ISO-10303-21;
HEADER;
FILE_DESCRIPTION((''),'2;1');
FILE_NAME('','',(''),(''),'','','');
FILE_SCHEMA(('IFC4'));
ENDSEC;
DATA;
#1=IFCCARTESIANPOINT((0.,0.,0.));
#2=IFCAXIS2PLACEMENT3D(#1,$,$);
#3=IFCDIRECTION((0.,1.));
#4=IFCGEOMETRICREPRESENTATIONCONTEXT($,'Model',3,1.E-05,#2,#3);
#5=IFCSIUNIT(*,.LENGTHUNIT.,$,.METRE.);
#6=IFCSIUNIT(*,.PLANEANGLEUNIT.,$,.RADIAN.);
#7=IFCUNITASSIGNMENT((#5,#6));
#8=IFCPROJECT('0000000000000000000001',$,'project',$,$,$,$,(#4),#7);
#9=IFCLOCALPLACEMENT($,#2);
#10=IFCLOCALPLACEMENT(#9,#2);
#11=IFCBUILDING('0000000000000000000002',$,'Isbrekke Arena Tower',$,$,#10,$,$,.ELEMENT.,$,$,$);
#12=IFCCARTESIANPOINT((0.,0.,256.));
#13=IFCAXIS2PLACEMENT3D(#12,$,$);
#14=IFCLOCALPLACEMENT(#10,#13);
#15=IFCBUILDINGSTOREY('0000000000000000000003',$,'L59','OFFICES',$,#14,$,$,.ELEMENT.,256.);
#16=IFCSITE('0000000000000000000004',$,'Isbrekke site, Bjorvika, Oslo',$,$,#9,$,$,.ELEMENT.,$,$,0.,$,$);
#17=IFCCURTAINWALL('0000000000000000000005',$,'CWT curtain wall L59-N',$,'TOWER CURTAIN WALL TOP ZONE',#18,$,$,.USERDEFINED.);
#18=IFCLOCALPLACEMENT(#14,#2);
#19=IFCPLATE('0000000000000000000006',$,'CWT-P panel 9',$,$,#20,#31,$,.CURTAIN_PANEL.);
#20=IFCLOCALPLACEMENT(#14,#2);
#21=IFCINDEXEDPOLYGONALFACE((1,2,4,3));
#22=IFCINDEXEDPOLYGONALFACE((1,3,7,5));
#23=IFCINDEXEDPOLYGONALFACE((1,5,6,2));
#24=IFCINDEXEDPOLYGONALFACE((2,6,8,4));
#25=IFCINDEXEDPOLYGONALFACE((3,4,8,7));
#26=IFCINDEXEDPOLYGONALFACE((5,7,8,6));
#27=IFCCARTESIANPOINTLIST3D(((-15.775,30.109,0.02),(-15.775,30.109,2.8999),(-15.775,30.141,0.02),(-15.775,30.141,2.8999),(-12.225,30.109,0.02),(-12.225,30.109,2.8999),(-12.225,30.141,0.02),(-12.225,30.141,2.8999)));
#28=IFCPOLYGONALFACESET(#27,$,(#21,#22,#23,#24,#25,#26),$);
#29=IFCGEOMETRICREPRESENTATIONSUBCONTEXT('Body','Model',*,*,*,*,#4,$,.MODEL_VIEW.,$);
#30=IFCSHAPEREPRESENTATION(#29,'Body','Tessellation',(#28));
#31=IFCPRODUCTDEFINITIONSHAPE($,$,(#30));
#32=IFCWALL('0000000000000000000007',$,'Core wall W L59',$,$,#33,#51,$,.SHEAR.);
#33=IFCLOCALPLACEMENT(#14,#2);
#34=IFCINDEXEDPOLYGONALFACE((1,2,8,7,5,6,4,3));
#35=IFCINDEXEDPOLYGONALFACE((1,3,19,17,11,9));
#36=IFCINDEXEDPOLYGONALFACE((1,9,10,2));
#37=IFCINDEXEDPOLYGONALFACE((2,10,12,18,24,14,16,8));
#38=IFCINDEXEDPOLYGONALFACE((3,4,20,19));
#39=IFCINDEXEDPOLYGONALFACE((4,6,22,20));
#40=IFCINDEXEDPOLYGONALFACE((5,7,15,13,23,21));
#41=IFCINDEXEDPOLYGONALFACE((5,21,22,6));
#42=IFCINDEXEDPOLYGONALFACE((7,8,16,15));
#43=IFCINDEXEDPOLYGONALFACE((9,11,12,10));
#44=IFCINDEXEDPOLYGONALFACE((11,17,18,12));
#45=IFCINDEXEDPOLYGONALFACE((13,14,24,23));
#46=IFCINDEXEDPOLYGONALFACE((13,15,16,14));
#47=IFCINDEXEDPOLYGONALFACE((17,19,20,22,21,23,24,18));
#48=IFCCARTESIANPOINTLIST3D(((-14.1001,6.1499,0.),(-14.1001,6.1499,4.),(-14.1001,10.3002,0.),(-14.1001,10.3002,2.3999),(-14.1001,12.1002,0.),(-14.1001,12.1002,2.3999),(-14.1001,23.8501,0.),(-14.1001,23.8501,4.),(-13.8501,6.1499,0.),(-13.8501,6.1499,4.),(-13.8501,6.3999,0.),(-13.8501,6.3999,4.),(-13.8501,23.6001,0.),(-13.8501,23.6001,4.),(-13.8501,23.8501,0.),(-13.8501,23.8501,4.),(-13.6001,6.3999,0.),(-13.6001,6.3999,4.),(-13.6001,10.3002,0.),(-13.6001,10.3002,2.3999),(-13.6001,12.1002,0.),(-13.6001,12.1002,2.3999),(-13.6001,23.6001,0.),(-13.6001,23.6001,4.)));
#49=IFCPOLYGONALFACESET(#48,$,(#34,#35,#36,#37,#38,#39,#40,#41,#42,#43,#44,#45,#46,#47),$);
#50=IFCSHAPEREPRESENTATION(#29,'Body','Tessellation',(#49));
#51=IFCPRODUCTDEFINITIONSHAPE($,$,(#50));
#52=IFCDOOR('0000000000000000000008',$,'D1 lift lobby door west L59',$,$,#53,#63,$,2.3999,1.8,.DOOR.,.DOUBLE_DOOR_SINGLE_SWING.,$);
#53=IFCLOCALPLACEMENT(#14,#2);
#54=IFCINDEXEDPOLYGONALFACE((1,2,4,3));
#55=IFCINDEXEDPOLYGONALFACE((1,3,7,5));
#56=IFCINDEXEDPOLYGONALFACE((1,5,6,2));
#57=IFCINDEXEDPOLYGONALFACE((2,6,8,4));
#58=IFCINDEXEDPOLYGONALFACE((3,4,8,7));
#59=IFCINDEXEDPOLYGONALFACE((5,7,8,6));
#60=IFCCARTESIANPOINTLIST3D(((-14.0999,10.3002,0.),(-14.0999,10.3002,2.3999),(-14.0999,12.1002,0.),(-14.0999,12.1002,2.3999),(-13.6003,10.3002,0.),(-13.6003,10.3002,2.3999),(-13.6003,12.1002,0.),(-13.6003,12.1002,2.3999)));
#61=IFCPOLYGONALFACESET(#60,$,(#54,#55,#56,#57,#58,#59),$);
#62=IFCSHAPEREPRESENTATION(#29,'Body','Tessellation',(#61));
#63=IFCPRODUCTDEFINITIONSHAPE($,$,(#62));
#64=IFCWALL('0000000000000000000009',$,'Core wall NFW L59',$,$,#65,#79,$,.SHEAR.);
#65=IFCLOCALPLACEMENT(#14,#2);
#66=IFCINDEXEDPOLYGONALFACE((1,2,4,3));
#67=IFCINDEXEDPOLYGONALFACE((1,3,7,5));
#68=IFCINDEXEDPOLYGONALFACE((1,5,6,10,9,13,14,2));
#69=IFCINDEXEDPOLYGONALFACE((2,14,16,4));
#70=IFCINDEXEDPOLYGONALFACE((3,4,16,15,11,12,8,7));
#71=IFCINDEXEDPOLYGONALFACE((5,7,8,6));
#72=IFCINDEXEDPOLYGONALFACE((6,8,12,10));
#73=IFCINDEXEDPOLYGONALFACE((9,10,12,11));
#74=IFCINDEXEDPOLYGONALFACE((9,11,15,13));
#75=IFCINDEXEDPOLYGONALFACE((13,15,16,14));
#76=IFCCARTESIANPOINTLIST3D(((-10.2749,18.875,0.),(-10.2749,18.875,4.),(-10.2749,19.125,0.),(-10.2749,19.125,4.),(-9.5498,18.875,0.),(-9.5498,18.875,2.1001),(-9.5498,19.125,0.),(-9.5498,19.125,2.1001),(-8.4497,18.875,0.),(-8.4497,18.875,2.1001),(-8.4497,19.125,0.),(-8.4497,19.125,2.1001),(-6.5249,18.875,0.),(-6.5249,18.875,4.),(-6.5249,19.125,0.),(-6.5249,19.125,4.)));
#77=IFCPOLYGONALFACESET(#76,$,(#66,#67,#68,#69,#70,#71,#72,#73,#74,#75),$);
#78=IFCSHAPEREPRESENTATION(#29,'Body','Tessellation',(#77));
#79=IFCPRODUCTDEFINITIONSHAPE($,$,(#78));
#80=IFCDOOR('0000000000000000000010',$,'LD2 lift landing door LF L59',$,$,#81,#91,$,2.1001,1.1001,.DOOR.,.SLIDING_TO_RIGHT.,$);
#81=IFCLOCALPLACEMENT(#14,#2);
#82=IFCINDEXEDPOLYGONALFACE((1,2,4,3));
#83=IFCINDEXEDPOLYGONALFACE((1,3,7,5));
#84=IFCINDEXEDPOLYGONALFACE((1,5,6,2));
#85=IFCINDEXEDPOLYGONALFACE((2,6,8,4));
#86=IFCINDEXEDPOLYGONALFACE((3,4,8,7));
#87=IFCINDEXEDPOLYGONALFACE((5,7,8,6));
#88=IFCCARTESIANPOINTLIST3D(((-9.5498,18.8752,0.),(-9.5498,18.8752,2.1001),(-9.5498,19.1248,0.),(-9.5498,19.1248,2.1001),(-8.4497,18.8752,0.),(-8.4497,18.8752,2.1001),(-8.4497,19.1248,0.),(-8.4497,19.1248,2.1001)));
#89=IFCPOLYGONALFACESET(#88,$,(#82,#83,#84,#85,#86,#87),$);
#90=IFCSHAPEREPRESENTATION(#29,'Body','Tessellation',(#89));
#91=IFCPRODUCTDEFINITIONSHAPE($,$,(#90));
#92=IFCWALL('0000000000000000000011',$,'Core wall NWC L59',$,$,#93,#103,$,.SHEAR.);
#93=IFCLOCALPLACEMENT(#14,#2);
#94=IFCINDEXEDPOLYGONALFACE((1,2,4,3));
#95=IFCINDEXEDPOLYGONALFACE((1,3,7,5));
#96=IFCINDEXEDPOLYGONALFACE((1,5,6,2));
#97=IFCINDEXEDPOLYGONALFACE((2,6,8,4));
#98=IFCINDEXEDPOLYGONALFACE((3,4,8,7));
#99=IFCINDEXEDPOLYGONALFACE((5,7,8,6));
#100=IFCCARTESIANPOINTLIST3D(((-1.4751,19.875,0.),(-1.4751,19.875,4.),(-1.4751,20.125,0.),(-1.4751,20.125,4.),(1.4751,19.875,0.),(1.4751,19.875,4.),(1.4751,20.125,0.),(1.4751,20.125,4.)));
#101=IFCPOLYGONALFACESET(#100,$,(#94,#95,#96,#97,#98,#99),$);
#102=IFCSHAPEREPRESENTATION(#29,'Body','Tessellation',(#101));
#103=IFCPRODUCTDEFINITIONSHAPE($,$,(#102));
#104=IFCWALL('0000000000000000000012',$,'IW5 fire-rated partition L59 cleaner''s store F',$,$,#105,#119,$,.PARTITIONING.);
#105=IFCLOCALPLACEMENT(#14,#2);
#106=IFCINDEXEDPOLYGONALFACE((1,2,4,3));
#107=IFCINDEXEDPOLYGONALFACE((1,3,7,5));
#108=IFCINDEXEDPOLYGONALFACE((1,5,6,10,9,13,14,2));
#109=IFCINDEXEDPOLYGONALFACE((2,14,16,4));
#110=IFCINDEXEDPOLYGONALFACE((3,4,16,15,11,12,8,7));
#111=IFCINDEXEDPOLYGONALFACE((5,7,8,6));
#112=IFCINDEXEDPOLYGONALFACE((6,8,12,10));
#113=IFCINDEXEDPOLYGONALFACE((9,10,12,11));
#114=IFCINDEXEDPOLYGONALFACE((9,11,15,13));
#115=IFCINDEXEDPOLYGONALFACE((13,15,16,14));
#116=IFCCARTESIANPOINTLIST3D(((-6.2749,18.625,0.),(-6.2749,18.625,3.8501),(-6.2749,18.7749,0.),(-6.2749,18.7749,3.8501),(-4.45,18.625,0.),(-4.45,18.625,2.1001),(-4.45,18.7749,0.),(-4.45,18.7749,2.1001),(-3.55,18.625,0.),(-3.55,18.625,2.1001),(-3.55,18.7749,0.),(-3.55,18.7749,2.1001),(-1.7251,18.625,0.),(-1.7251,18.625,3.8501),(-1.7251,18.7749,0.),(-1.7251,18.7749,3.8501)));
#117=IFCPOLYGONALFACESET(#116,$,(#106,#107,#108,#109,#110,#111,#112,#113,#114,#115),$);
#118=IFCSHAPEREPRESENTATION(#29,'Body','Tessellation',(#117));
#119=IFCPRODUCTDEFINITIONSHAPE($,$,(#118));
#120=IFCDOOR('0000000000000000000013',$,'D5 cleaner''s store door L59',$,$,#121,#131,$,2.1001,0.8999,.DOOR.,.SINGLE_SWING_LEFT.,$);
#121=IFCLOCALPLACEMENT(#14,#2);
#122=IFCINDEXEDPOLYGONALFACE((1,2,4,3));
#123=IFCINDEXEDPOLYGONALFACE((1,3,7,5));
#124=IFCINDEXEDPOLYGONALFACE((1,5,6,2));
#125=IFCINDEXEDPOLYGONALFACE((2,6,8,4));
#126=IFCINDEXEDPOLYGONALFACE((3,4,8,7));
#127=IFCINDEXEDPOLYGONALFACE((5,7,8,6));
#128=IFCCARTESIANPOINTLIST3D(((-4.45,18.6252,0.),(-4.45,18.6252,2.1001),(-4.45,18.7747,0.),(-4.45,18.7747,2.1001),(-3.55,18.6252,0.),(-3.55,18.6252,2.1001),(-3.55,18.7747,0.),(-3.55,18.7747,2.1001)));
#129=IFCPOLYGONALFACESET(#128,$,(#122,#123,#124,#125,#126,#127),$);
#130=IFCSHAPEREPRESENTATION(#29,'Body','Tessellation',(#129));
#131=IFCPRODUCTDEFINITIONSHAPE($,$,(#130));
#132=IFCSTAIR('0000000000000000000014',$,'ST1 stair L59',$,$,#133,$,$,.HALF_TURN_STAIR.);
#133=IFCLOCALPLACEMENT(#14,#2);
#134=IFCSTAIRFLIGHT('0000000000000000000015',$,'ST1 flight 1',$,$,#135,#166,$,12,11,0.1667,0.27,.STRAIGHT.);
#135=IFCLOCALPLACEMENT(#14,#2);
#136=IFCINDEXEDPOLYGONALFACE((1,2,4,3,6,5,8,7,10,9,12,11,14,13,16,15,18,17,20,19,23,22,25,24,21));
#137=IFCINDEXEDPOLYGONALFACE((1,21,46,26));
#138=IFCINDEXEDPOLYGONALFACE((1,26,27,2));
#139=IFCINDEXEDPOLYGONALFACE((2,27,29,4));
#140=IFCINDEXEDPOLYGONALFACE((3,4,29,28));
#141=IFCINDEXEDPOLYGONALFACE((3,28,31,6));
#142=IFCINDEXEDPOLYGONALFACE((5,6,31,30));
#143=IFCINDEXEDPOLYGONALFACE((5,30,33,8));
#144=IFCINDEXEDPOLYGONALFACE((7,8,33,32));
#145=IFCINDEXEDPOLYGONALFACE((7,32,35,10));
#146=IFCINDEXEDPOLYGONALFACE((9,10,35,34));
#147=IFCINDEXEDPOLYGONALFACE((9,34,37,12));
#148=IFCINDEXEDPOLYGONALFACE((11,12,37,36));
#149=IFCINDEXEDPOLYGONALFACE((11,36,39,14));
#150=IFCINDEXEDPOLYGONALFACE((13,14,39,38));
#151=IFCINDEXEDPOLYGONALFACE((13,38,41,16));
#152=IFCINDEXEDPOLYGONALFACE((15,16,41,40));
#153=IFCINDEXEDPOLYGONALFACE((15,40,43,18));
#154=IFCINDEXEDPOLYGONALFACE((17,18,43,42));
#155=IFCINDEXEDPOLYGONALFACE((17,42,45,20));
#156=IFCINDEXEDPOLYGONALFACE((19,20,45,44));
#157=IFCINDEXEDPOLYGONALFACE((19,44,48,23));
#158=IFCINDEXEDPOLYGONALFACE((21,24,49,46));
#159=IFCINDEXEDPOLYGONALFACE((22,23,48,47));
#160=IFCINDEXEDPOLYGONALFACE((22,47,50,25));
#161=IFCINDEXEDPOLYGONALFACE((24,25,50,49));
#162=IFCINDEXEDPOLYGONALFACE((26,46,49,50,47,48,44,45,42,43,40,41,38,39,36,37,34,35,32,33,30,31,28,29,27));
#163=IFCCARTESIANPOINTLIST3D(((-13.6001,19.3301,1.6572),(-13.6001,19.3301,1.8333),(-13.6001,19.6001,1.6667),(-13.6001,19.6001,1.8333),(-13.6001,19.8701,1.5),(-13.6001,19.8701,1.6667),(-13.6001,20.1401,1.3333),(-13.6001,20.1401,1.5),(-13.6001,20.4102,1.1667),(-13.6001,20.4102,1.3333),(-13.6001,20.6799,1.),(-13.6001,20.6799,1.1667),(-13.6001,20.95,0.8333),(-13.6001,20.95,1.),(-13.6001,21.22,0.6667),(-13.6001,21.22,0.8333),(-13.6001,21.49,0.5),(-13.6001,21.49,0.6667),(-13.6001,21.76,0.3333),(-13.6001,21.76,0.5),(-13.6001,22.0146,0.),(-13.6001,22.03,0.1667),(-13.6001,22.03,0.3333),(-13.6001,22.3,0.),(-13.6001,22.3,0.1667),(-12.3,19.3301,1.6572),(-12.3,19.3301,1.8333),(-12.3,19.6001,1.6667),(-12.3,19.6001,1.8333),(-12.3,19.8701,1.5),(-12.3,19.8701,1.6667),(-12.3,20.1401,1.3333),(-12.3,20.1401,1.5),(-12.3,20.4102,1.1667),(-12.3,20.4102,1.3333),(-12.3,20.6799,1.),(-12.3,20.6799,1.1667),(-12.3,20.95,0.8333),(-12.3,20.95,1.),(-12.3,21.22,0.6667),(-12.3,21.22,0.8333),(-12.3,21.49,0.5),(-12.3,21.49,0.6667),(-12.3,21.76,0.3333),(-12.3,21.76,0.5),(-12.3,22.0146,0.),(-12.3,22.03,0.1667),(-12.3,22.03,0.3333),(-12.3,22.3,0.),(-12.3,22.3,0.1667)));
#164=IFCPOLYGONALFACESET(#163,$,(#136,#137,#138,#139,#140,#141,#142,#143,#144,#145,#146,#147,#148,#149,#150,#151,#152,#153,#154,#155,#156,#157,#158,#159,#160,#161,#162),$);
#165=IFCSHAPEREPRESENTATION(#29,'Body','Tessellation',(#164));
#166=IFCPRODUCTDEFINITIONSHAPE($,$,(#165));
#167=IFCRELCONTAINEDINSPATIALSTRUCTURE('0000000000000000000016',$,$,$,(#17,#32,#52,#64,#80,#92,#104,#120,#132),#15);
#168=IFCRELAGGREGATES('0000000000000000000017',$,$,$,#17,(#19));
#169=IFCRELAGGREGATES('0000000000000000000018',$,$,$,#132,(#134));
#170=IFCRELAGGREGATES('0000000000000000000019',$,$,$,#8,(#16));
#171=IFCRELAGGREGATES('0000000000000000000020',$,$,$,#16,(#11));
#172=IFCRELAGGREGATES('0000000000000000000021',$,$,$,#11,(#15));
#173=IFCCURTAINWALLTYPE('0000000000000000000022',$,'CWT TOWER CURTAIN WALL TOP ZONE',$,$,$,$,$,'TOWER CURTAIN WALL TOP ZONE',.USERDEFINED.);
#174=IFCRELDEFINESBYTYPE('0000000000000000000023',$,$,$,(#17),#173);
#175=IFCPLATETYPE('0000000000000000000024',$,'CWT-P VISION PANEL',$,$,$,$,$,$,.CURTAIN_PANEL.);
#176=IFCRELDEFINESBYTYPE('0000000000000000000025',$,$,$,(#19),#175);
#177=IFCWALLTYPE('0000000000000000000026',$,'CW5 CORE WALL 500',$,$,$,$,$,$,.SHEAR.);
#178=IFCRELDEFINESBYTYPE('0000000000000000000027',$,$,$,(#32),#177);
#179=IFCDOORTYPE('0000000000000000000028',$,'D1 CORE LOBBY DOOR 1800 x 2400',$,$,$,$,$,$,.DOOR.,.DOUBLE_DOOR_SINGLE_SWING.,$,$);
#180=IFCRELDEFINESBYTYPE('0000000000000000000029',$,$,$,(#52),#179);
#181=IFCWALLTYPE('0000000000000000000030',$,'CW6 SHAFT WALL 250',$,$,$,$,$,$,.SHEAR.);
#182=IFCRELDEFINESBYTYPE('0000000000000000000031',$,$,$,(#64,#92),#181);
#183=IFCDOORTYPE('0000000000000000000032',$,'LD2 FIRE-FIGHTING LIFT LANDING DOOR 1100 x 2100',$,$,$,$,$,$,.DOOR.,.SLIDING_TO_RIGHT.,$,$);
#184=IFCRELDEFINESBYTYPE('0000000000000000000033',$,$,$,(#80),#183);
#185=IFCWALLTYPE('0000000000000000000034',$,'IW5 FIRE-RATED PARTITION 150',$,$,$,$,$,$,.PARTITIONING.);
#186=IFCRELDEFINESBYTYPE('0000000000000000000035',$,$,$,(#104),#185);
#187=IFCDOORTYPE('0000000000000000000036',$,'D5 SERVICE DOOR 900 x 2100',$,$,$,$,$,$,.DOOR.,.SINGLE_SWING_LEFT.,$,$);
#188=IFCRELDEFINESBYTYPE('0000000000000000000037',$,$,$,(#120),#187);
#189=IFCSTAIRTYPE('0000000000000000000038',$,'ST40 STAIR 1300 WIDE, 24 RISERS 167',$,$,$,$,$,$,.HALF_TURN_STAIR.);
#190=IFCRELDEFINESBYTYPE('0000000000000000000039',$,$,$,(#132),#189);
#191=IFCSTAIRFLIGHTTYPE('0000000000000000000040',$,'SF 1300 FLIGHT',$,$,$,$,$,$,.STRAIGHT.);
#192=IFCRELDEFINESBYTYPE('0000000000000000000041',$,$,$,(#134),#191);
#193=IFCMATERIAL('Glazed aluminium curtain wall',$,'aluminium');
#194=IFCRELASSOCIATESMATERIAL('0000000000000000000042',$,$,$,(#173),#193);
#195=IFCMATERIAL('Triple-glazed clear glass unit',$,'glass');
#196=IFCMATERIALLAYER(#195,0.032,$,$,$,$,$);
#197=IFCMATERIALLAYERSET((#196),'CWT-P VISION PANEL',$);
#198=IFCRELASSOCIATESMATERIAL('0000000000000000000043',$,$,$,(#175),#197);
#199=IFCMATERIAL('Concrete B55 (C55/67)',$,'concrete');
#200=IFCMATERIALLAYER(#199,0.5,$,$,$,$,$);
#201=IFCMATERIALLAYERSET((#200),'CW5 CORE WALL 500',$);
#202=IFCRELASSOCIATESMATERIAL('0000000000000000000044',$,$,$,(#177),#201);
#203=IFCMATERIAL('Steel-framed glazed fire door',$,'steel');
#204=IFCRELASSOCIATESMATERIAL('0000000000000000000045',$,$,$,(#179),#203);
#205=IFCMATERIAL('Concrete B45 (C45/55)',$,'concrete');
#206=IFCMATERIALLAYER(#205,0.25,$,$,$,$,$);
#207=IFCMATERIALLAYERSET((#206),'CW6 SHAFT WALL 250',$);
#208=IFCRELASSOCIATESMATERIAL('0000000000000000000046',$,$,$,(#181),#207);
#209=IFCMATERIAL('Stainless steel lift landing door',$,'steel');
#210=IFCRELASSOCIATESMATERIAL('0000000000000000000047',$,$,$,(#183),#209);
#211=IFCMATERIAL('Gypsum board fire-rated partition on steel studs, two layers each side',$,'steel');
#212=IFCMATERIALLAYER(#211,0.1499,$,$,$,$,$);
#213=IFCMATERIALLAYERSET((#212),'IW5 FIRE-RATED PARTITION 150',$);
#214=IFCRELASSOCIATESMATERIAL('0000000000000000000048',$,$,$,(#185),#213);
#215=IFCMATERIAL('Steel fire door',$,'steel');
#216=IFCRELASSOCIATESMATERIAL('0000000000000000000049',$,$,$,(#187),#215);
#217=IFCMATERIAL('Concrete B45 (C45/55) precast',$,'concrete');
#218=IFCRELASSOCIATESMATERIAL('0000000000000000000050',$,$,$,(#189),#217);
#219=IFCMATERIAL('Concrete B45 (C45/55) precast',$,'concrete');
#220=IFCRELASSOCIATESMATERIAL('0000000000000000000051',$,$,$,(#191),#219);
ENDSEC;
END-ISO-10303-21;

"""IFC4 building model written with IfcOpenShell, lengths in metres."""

from ifc_helpers import new_model, si_unit, direction, frame, frame_2d, origin, origin_2d, place, context, subcontext, project, spatial, polyline, rectangle, outline, extrude, material, layer, layer_set, type_object, element, fill, aggregate, save


model = new_model("IFC4")

# Units and contexts
model_context = context("Model", 3, precision=1e-05, world=origin(), true_north=direction((0.0, 1.0)))
body_context = subcontext(model_context, "Body", "Model", "MODEL_VIEW")
ifc_project = project(units=[si_unit("LENGTHUNIT", "METRE"), si_unit("PLANEANGLEUNIT", "RADIAN")], contexts=[model_context])

# Site, building, storey
site_placement = place(None, origin())
site = spatial("IfcSite", under=ifc_project, at=site_placement, Name="Isbrekke site, Bjorvika, Oslo", CompositionType="ELEMENT", RefElevation=0.0)
building_placement = place(site_placement, origin())
building = spatial("IfcBuilding", under=site, at=building_placement, Name="Isbrekke Arena Tower", CompositionType="ELEMENT")
storey_placement = place(building_placement, frame((0.0, 0.0, 256.0)))
storey = spatial("IfcBuildingStorey", under=building, at=storey_placement, Name="L59", Description="OFFICES", CompositionType="ELEMENT", Elevation=256.0)

# Curtain wall
ifc_material_1 = material(Name="Glazed aluminium curtain wall", Category="aluminium")
curtain_wall_type = type_object("IfcCurtainWallType", Name="CWT TOWER CURTAIN WALL TOP ZONE", ElementType="TOWER CURTAIN WALL TOP ZONE", PredefinedType="USERDEFINED", material=ifc_material_1)
curtain_wall_placement = place(storey_placement, origin())
curtain_wall = element("IfcCurtainWall", 1, at=curtain_wall_placement, inside=storey, type_object=curtain_wall_type, Name="CWT curtain wall L59-N", ObjectType="TOWER CURTAIN WALL TOP ZONE", PredefinedType="USERDEFINED")

# Plate
ifc_material_2 = material(Name="Triple-glazed clear glass unit", Category="glass")
ifc_layer_1 = layer(ifc_material_2, 0.032)
ifc_layer_set_1 = layer_set([ifc_layer_1], Name="CWT-P VISION PANEL")
plate_type = type_object("IfcPlateType", Name="CWT-P VISION PANEL", PredefinedType="CURTAIN_PANEL", material=ifc_layer_set_1)
plate_1_placement = place(storey_placement, frame((-14.0, 30.125, 0.02), z_axis=(0.0, 0.0, 1.0), x_axis=(-1.0, 0.0, 0.0)))
plate_1 = element("IfcPlate", 2, at=plate_1_placement, type_object=plate_type, Name="CWT-P panel 9", PredefinedType="CURTAIN_PANEL", context=body_context, shape_type="SweptSolid", body=[
    extrude(rectangle(XDim=3.55, YDim=0.032, at=origin_2d()), origin(), (0.0, 0.0, 1.0), 2.8799),
])
aggregate(curtain_wall, [plate_1])

# Walls, openings, doors
ifc_material_3 = material(Name="Concrete B55 (C55/67)", Category="concrete")
ifc_layer_2 = layer(ifc_material_3, 0.5)
ifc_layer_set_2 = layer_set([ifc_layer_2], Name="CW5 CORE WALL 500")
wall_type_1 = type_object("IfcWallType", Name="CW5 CORE WALL 500", PredefinedType="SHEAR", material=ifc_layer_set_2)
wall_1_placement = place(storey_placement, frame((-13.8501, 23.8501, 0.0), z_axis=(0.0, 0.0, 1.0), x_axis=(0.0, -1.0, 0.0)))
wall_1 = element("IfcWall", 3, at=wall_1_placement, inside=storey, type_object=wall_type_1, Name="Core wall W L59", PredefinedType="SHEAR", context=body_context, shape_type="SweptSolid", body=[
    extrude(outline(polyline([(0.0, -0.25), (17.7002, -0.25), (17.7002, 0.0), (17.4502, 0.0), (17.4502, 0.25), (0.25, 0.25), (0.25, 0.0), (0.0, 0.0), (0.0, -0.25)])), origin(), (0.0, 0.0, 1.0), 4.0),
])
opening_1_placement = place(wall_1_placement, frame((11.75, 0.0, 0.0)))
opening_1 = element("IfcOpeningElement", 4, at=opening_1_placement, cuts=wall_1, PredefinedType="OPENING", context=body_context, shape_type="SweptSolid", body=[
    extrude(rectangle(XDim=1.8, YDim=2.3999, at=frame_2d((0.8999, 1.2))), frame((0.0, 0.2649, 0.0), z_axis=(0.0, -1.0, 0.0), x_axis=(1.0, 0.0, 0.0)), (0.0, 0.0, 1.0), 0.5298),
])
ifc_material_4 = material(Name="Steel-framed glazed fire door", Category="steel")
door_type_1 = type_object("IfcDoorType", Name="D1 CORE LOBBY DOOR 1800 x 2400", OperationType="DOUBLE_DOOR_SINGLE_SWING", PredefinedType="DOOR", material=ifc_material_4)
door_1_placement = place(opening_1_placement, origin())
door_1 = element("IfcDoor", 5, at=door_1_placement, inside=storey, type_object=door_type_1, Name="D1 lift lobby door west L59", OperationType="DOUBLE_DOOR_SINGLE_SWING", OverallHeight=2.3999, OverallWidth=1.8, PredefinedType="DOOR", context=body_context, shape_type="SweptSolid", body=[
    extrude(rectangle(XDim=1.8, YDim=2.3999, at=frame_2d((0.8999, 1.2))), frame((0.0, 0.2498, 0.0), z_axis=(0.0, -1.0, 0.0), x_axis=(1.0, 0.0, 0.0)), (0.0, 0.0, 1.0), 0.4995),
])
fill(opening_1, door_1)
ifc_material_5 = material(Name="Concrete B45 (C45/55)", Category="concrete")
ifc_layer_3 = layer(ifc_material_5, 0.25)
ifc_layer_set_3 = layer_set([ifc_layer_3], Name="CW6 SHAFT WALL 250")
wall_type_2 = type_object("IfcWallType", Name="CW6 SHAFT WALL 250", PredefinedType="SHEAR", material=ifc_layer_set_3)
wall_2_placement = place(storey_placement, frame((-10.2749, 19.0, 0.0), z_axis=(0.0, 0.0, 1.0), x_axis=(1.0, 0.0, 0.0)))
wall_2 = element("IfcWall", 6, at=wall_2_placement, inside=storey, type_object=wall_type_2, Name="Core wall NFW L59", PredefinedType="SHEAR", context=body_context, shape_type="SweptSolid", body=[
    extrude(rectangle(XDim=3.75, YDim=0.25, at=frame_2d((1.875, 0.0))), origin(), (0.0, 0.0, 1.0), 4.0),
])
opening_2_placement = place(wall_2_placement, frame((0.7251, 0.0, 0.0)))
opening_2 = element("IfcOpeningElement", 7, at=opening_2_placement, cuts=wall_2, PredefinedType="OPENING", context=body_context, shape_type="SweptSolid", body=[
    extrude(rectangle(XDim=1.1001, YDim=2.1001, at=frame_2d((0.55, 1.05))), frame((0.0, 0.1399, 0.0), z_axis=(0.0, -1.0, 0.0), x_axis=(1.0, 0.0, 0.0)), (0.0, 0.0, 1.0), 0.2798),
])
ifc_material_6 = material(Name="Stainless steel lift landing door", Category="steel")
door_type_2 = type_object("IfcDoorType", Name="LD2 FIRE-FIGHTING LIFT LANDING DOOR 1100 x 2100", OperationType="SLIDING_TO_RIGHT", PredefinedType="DOOR", material=ifc_material_6)
door_2_placement = place(opening_2_placement, origin())
door_2 = element("IfcDoor", 8, at=door_2_placement, inside=storey, type_object=door_type_2, Name="LD2 lift landing door LF L59", OperationType="SLIDING_TO_RIGHT", OverallHeight=2.1001, OverallWidth=1.1001, PredefinedType="DOOR", context=body_context, shape_type="SweptSolid", body=[
    extrude(rectangle(XDim=1.1001, YDim=2.1001, at=frame_2d((0.55, 1.05))), frame((0.0, 0.1248, 0.0), z_axis=(0.0, -1.0, 0.0), x_axis=(1.0, 0.0, 0.0)), (0.0, 0.0, 1.0), 0.2495),
])
fill(opening_2, door_2)

# Wall
wall_3_placement = place(storey_placement, frame((-1.4751, 20.0, 0.0), z_axis=(0.0, 0.0, 1.0), x_axis=(1.0, 0.0, 0.0)))
element("IfcWall", 9, at=wall_3_placement, inside=storey, type_object=wall_type_2, Name="Core wall NWC L59", PredefinedType="SHEAR", context=body_context, shape_type="SweptSolid", body=[
    extrude(rectangle(XDim=2.9502, YDim=0.25, at=frame_2d((1.4751, 0.0))), origin(), (0.0, 0.0, 1.0), 4.0),
])

# Wall, opening, door
ifc_material_7 = material(Name="Gypsum board fire-rated partition on steel studs, two layers each side", Category="steel")
ifc_layer_4 = layer(ifc_material_7, 0.1499)
ifc_layer_set_4 = layer_set([ifc_layer_4], Name="IW5 FIRE-RATED PARTITION 150")
wall_type_3 = type_object("IfcWallType", Name="IW5 FIRE-RATED PARTITION 150", PredefinedType="PARTITIONING", material=ifc_layer_set_4)
wall_4_placement = place(storey_placement, frame((-6.2749, 18.7, 0.0), z_axis=(0.0, 0.0, 1.0), x_axis=(1.0, 0.0, 0.0)))
wall_4 = element("IfcWall", 10, at=wall_4_placement, inside=storey, type_object=wall_type_3, Name="IW5 fire-rated partition L59 cleaner's store F", PredefinedType="PARTITIONING", context=body_context, shape_type="SweptSolid", body=[
    extrude(rectangle(XDim=4.5498, YDim=0.1499, at=frame_2d((2.2749, 0.0))), origin(), (0.0, 0.0, 1.0), 3.8501),
])
opening_3_placement = place(wall_4_placement, frame((1.825, 0.0, 0.0)))
opening_3 = element("IfcOpeningElement", 11, at=opening_3_placement, cuts=wall_4, PredefinedType="OPENING", context=body_context, shape_type="SweptSolid", body=[
    extrude(rectangle(XDim=0.8999, YDim=2.1001, at=frame_2d((0.45, 1.05))), frame((0.0, 0.0898, 0.0), z_axis=(0.0, -1.0, 0.0), x_axis=(1.0, 0.0, 0.0)), (0.0, 0.0, 1.0), 0.1797),
])
ifc_material_8 = material(Name="Steel fire door", Category="steel")
door_type_3 = type_object("IfcDoorType", Name="D5 SERVICE DOOR 900 x 2100", OperationType="SINGLE_SWING_LEFT", PredefinedType="DOOR", material=ifc_material_8)
door_3_placement = place(opening_3_placement, origin())
door_3 = element("IfcDoor", 12, at=door_3_placement, inside=storey, type_object=door_type_3, Name="D5 cleaner's store door L59", OperationType="SINGLE_SWING_LEFT", OverallHeight=2.1001, OverallWidth=0.8999, PredefinedType="DOOR", context=body_context, shape_type="SweptSolid", body=[
    extrude(rectangle(XDim=0.8999, YDim=2.1001, at=frame_2d((0.45, 1.05))), frame((0.0, 0.0747, 0.0), z_axis=(0.0, -1.0, 0.0), x_axis=(1.0, 0.0, 0.0)), (0.0, 0.0, 1.0), 0.1494),
])
fill(opening_3, door_3)

# Stair, stair flight
ifc_material_9 = material(Name="Concrete B45 (C45/55) precast", Category="concrete")
stair_type = type_object("IfcStairType", Name="ST40 STAIR 1300 WIDE, 24 RISERS 167", PredefinedType="HALF_TURN_STAIR", material=ifc_material_9)
stair_placement = place(storey_placement, origin())
stair = element("IfcStair", 13, at=stair_placement, inside=storey, type_object=stair_type, Name="ST1 stair L59", PredefinedType="HALF_TURN_STAIR")
ifc_material_10 = material(Name="Concrete B45 (C45/55) precast", Category="concrete")
stair_flight_type = type_object("IfcStairFlightType", Name="SF 1300 FLIGHT", PredefinedType="STRAIGHT", material=ifc_material_10)
stair_flight_1_placement = place(storey_placement, frame((-12.95, 22.3, 0.0), z_axis=(0.0, 0.0, 1.0), x_axis=(0.0, -1.0, 0.0)))
stair_flight_1 = element("IfcStairFlight", 14, at=stair_flight_1_placement, type_object=stair_flight_type, Name="ST1 flight 1", NumberOfRisers=12, NumberOfTreads=11, PredefinedType="STRAIGHT", RiserHeight=0.1667, TreadLength=0.27, context=body_context, shape_type="SweptSolid", body=[
    extrude(outline(polyline([(0.0, 0.0), (0.0, 0.1667), (0.27, 0.1667), (0.27, 0.3333), (0.54, 0.3333), (0.54, 0.5), (0.8101, 0.5), (0.8101, 0.6667), (1.0801, 0.6667), (1.0801, 0.8333), (1.3501, 0.8333), (1.3501, 1.0), (1.6201, 1.0), (1.6201, 1.1667), (1.8899, 1.1667), (1.8899, 1.3333), (2.1599, 1.3333), (2.1599, 1.5), (2.4299, 1.5), (2.4299, 1.6667), (2.7, 1.6667), (2.7, 1.8333), (2.97, 1.8333), (2.97, 2.0), (2.97, 1.6572), (0.2854, 0.0), (0.0, 0.0)])), frame((0.0, 0.6499, 0.0), z_axis=(0.0, -1.0, 0.0), x_axis=(1.0, 0.0, 0.0)), (0.0, 0.0, 1.0), 1.3),
])
aggregate(stair, [stair_flight_1])

save(model, "model.ifc")
